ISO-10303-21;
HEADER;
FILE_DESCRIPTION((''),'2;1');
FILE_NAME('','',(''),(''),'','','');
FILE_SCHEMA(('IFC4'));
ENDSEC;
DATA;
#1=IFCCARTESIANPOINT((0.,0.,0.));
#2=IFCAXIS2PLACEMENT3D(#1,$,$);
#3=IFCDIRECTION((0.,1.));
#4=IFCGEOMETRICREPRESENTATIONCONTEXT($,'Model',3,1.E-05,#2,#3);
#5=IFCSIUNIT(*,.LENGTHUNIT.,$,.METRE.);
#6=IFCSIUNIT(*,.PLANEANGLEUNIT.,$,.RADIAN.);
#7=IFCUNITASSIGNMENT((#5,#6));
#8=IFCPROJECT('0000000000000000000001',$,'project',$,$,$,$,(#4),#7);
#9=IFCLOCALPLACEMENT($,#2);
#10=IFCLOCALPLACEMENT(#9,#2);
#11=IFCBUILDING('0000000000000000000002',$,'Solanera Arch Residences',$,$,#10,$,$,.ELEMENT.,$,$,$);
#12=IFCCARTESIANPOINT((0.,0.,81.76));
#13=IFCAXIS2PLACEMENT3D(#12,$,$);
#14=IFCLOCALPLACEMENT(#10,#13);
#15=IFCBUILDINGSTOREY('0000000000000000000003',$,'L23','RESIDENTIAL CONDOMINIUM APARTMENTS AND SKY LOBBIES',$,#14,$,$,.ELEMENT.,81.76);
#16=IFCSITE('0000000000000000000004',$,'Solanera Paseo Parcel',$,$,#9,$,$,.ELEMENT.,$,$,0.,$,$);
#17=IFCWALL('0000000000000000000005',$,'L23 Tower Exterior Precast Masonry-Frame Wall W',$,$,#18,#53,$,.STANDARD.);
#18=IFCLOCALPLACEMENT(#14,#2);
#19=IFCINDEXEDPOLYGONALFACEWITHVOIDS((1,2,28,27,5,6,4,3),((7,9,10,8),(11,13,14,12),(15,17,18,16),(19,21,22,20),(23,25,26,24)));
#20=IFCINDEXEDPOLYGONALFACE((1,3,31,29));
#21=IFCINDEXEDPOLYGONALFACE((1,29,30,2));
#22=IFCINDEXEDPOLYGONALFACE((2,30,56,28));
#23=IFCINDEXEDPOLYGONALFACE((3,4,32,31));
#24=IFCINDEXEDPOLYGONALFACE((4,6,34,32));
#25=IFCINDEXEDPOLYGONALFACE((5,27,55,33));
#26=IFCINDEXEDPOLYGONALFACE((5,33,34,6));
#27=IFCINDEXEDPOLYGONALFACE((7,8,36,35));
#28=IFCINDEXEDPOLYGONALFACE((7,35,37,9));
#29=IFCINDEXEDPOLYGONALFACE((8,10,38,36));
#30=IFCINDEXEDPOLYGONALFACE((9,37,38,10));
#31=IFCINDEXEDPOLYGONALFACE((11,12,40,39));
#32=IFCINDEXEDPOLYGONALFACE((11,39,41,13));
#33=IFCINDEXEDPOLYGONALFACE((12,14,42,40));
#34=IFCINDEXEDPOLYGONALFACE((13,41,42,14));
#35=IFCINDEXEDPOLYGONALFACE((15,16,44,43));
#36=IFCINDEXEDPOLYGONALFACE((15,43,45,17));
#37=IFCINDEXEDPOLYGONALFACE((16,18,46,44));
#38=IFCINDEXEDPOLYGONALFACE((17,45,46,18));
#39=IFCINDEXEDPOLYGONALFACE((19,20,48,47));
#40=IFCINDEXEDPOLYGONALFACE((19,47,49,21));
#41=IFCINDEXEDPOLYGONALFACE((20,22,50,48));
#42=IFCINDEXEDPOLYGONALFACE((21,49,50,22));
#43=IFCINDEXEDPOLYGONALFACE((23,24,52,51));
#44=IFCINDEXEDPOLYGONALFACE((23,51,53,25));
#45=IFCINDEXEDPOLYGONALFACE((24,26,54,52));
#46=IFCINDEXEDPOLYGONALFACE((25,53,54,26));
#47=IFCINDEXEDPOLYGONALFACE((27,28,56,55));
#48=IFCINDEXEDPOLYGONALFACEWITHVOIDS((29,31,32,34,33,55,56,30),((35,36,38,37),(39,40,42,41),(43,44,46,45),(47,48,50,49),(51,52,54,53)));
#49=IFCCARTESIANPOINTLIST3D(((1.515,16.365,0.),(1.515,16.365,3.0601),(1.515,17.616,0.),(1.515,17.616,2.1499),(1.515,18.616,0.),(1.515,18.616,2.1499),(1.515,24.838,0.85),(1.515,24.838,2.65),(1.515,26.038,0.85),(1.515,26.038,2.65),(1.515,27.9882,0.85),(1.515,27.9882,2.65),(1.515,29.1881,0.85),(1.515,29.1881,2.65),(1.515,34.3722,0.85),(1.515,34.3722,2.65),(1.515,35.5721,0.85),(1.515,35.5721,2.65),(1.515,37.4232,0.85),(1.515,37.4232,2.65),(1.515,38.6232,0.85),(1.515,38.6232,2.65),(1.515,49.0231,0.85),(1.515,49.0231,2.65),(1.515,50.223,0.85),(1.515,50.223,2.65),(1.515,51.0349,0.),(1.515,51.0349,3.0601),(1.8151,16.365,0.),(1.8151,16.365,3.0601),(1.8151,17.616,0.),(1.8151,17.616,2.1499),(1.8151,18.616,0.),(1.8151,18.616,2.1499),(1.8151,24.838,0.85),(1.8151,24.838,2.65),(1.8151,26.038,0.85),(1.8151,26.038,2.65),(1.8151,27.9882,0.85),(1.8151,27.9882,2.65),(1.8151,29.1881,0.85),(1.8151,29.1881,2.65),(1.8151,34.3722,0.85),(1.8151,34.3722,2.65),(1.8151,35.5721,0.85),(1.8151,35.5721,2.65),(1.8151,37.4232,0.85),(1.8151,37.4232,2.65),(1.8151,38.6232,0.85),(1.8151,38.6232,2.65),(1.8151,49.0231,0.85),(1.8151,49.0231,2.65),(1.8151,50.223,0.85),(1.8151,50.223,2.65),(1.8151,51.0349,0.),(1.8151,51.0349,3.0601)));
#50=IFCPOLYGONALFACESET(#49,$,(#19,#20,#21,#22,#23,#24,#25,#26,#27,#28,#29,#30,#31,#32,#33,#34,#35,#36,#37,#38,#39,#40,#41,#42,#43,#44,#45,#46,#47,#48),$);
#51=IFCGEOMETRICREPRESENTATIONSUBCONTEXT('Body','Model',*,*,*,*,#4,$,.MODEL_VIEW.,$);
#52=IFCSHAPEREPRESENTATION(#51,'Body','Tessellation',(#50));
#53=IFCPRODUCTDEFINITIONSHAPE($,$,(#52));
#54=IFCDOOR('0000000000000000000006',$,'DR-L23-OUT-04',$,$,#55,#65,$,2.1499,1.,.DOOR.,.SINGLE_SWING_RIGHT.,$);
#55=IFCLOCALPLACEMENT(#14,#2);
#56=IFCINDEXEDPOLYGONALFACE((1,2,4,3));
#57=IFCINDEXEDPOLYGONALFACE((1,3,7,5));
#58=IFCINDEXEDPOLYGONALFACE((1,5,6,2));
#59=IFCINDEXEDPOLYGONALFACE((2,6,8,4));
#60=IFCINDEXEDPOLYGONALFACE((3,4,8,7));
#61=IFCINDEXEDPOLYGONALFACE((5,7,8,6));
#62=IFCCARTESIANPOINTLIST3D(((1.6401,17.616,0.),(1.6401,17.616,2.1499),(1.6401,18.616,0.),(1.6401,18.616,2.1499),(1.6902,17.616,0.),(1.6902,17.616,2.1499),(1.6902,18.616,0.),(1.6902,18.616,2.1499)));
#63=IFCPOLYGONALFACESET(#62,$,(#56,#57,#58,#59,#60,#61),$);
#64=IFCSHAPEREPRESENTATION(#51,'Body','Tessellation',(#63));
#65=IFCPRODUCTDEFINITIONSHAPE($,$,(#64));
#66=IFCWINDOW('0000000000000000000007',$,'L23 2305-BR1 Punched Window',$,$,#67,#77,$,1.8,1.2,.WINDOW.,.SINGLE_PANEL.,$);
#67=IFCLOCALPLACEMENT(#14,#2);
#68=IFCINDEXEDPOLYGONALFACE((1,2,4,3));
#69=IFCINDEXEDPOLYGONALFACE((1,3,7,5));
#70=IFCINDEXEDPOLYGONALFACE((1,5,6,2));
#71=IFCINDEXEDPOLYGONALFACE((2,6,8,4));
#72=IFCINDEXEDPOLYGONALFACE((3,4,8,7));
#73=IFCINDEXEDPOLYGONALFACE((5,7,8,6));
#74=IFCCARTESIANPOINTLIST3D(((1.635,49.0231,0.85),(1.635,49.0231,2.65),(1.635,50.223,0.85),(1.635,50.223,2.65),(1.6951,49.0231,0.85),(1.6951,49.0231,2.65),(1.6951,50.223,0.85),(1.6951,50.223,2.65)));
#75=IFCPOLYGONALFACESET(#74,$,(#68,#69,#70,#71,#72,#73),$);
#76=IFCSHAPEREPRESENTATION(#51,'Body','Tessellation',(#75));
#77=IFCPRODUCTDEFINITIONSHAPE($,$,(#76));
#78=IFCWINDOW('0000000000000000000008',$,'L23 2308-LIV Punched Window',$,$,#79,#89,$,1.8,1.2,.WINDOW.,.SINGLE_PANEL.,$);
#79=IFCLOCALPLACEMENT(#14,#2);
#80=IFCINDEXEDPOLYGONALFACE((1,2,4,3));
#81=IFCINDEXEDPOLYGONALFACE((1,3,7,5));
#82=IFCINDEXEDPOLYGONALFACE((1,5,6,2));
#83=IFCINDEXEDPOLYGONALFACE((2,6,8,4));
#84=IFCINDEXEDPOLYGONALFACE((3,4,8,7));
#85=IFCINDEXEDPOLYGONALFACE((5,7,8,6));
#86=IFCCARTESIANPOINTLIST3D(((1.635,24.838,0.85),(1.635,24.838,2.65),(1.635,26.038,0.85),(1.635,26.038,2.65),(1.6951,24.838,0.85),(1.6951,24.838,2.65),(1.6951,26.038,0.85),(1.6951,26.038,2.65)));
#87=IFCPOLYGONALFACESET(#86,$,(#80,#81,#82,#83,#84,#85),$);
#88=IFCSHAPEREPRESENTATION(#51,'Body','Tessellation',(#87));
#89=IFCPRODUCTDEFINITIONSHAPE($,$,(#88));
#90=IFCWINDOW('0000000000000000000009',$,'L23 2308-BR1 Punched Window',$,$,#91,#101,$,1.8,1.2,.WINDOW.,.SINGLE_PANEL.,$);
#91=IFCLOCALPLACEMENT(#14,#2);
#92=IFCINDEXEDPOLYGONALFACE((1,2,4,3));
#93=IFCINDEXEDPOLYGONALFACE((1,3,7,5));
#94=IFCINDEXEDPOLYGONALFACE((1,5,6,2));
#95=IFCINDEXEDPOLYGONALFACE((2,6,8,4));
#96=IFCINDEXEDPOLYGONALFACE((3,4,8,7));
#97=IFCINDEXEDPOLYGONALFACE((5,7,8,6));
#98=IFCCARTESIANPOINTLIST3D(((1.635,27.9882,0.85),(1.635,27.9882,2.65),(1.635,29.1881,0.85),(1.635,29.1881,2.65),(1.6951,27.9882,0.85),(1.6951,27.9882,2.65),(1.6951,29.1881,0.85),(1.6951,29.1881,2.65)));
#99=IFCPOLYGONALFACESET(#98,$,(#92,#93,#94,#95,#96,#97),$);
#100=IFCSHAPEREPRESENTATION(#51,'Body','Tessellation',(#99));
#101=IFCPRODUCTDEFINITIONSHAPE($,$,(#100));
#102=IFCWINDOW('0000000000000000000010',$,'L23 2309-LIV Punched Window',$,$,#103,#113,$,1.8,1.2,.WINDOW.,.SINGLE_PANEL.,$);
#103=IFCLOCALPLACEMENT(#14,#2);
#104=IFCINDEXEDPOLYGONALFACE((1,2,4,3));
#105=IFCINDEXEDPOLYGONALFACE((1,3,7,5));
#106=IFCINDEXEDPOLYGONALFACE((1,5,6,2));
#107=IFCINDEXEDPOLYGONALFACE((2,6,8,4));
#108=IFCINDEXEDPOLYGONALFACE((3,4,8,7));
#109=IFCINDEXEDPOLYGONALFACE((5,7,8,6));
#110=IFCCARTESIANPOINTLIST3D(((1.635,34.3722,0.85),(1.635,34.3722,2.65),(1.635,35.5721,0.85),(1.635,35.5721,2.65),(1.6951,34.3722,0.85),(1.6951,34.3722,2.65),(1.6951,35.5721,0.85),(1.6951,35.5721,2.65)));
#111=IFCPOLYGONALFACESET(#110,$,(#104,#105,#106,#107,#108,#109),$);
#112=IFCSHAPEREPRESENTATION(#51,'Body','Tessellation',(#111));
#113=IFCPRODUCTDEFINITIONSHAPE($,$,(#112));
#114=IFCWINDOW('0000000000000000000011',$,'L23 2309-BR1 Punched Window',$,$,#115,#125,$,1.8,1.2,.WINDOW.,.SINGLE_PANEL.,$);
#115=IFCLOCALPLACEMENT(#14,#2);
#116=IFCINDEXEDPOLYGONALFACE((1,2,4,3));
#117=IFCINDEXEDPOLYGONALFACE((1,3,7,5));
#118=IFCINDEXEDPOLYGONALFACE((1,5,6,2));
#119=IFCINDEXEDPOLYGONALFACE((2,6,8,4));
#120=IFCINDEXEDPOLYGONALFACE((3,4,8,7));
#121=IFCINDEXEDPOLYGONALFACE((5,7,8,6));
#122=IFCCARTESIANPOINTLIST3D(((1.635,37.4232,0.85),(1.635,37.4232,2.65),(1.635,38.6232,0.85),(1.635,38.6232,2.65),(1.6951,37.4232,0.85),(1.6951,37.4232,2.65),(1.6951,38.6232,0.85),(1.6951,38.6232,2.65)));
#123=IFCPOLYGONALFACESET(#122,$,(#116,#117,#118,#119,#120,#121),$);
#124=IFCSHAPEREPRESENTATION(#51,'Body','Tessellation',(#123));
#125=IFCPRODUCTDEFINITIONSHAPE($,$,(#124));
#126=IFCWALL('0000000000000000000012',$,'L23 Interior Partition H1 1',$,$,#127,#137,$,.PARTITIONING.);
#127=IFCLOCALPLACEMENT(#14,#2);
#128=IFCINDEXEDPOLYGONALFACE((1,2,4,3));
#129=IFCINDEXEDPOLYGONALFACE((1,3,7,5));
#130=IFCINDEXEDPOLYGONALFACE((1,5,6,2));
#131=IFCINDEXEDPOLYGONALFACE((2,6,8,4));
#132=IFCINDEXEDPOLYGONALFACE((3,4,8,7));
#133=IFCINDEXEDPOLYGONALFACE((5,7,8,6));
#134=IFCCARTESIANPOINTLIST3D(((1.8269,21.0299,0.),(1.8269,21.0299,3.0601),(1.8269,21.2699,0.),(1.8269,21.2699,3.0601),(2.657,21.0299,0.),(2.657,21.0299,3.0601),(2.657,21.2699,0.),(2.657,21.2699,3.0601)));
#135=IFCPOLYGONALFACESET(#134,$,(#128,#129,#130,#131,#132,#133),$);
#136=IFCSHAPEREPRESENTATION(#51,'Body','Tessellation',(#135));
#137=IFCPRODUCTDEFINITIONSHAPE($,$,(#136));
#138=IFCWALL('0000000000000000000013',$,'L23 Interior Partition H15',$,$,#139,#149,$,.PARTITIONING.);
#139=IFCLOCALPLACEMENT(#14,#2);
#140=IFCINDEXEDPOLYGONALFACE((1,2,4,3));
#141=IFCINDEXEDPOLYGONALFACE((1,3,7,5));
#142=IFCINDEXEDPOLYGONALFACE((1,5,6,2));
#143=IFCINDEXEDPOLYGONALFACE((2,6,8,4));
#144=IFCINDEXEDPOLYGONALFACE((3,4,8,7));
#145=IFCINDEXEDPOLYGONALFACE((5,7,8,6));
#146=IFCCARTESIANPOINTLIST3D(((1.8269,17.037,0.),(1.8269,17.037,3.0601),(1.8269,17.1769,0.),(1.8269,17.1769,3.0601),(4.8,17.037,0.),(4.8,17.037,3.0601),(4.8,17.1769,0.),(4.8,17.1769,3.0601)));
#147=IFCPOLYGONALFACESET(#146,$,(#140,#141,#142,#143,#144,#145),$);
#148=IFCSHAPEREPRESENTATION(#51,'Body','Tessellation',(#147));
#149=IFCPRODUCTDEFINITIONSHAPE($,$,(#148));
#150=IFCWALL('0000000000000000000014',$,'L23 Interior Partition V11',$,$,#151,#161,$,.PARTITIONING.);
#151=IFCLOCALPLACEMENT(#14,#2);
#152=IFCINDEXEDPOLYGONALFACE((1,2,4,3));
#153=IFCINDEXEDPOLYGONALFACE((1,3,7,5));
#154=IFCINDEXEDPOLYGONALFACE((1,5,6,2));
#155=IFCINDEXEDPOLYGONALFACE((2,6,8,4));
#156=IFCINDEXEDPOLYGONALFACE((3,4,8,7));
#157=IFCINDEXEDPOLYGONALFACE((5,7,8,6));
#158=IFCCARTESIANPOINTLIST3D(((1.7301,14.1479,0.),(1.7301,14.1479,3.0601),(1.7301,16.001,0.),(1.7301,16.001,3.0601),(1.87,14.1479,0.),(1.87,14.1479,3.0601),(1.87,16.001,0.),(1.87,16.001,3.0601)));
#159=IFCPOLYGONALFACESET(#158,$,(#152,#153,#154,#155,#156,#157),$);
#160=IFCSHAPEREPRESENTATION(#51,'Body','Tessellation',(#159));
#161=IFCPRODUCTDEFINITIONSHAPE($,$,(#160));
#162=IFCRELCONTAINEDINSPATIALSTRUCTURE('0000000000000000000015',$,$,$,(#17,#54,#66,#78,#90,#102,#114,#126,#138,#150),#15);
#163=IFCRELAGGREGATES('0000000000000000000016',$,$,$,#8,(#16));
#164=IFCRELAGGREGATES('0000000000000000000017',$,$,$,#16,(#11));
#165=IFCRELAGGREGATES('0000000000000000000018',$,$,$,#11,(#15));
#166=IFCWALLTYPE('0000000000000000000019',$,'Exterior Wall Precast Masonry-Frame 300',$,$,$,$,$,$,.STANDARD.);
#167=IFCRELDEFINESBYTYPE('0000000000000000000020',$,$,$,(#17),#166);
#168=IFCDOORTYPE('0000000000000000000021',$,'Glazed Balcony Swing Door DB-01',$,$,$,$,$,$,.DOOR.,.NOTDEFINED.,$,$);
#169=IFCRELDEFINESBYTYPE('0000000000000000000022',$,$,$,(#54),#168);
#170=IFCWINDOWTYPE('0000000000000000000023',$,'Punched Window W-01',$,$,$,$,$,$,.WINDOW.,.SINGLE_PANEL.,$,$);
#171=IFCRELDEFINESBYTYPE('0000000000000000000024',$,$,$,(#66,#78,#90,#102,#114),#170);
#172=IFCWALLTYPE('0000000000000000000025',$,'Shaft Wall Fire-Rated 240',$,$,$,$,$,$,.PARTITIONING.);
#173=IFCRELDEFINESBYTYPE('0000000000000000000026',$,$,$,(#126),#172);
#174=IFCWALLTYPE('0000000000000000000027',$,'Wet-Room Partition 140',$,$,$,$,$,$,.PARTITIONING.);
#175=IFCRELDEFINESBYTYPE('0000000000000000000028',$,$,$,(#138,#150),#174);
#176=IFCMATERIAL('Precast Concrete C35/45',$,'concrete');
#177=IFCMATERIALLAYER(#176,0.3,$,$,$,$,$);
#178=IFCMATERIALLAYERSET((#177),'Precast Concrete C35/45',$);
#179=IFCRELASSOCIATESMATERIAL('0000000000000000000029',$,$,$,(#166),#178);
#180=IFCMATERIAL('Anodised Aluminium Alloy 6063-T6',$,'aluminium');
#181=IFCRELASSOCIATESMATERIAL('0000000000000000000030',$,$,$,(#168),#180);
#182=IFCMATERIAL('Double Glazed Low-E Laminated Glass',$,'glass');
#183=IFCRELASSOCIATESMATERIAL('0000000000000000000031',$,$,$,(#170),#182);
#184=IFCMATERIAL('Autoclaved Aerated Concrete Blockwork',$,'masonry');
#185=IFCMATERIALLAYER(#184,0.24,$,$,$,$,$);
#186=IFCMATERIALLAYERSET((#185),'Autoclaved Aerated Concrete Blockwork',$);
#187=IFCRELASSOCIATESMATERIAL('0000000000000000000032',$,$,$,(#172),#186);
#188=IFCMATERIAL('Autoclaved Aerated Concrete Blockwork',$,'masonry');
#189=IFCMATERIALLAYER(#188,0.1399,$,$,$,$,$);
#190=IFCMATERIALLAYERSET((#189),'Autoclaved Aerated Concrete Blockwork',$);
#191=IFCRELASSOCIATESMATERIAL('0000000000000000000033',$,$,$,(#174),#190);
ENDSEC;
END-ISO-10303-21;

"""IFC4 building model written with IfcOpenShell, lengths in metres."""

from ifc_helpers import new_model, si_unit, direction, frame, frame_2d, origin, place, context, subcontext, project, spatial, rectangle, extrude, material, layer, layer_set, type_object, element, fill, save


model = new_model("IFC4")

# Units and contexts
model_context = context("Model", 3, precision=1e-05, world=origin(), true_north=direction((0.0, 1.0)))
body_context = subcontext(model_context, "Body", "Model", "MODEL_VIEW")
ifc_project = project(units=[si_unit("LENGTHUNIT", "METRE"), si_unit("PLANEANGLEUNIT", "RADIAN")], contexts=[model_context])

# Site, building, storey
site_placement = place(None, origin())
site = spatial("IfcSite", under=ifc_project, at=site_placement, Name="Solanera Paseo Parcel", CompositionType="ELEMENT", RefElevation=0.0)
building_placement = place(site_placement, origin())
building = spatial("IfcBuilding", under=site, at=building_placement, Name="Solanera Arch Residences", CompositionType="ELEMENT")
storey_placement = place(building_placement, frame((0.0, 0.0, 81.76)))
storey = spatial("IfcBuildingStorey", under=building, at=storey_placement, Name="L23", Description="RESIDENTIAL CONDOMINIUM APARTMENTS AND SKY LOBBIES", CompositionType="ELEMENT", Elevation=81.76)

# Wall, openings, door, windows
ifc_material_1 = material(Name="Precast Concrete C35/45", Category="concrete")
ifc_layer_1 = layer(ifc_material_1, 0.3)
ifc_layer_set_1 = layer_set([ifc_layer_1], Name="Precast Concrete C35/45")
wall_type_1 = type_object("IfcWallType", Name="Exterior Wall Precast Masonry-Frame 300", PredefinedType="STANDARD", material=ifc_layer_set_1)
wall_1_placement = place(storey_placement, frame((1.665, 16.365, 0.0), z_axis=(0.0, 0.0, 1.0), x_axis=(0.0, 1.0, 0.0)))
wall_1 = element("IfcWall", 1, at=wall_1_placement, inside=storey, type_object=wall_type_1, Name="L23 Tower Exterior Precast Masonry-Frame Wall W", PredefinedType="STANDARD", context=body_context, shape_type="SweptSolid", body=[
    extrude(rectangle(XDim=34.6699, YDim=0.3, at=frame_2d((17.335, 0.0))), origin(), (0.0, 0.0, 1.0), 3.0601),
])
opening_1_placement = place(wall_1_placement, frame((1.251, 0.0, 0.0)))
opening_1 = element("IfcOpeningElement", 2, at=opening_1_placement, cuts=wall_1, PredefinedType="OPENING", context=body_context, shape_type="SweptSolid", body=[
    extrude(rectangle(XDim=1.0, YDim=2.1499, at=frame_2d((0.5, 1.075))), frame((0.0, 0.1599, 0.0), z_axis=(0.0, -1.0, 0.0), x_axis=(1.0, 0.0, 0.0)), (0.0, 0.0, 1.0), 0.32),
])
opening_2_placement = place(wall_1_placement, frame((32.658, 0.0, 0.8501)))
opening_2 = element("IfcOpeningElement", 3, at=opening_2_placement, cuts=wall_1, PredefinedType="OPENING", context=body_context, shape_type="SweptSolid", body=[
    extrude(rectangle(XDim=1.2, YDim=1.8, at=frame_2d((0.6001, 0.8999))), frame((0.0, 0.1599, 0.0), z_axis=(0.0, -1.0, 0.0), x_axis=(1.0, 0.0, 0.0)), (0.0, 0.0, 1.0), 0.32),
])
opening_3_placement = place(wall_1_placement, frame((8.4729, 0.0, 0.8501)))
opening_3 = element("IfcOpeningElement", 4, at=opening_3_placement, cuts=wall_1, PredefinedType="OPENING", context=body_context, shape_type="SweptSolid", body=[
    extrude(rectangle(XDim=1.2, YDim=1.8, at=frame_2d((0.6001, 0.8999))), frame((0.0, 0.1599, 0.0), z_axis=(0.0, -1.0, 0.0), x_axis=(1.0, 0.0, 0.0)), (0.0, 0.0, 1.0), 0.32),
])
opening_4_placement = place(wall_1_placement, frame((11.623, 0.0, 0.8501)))
opening_4 = element("IfcOpeningElement", 5, at=opening_4_placement, cuts=wall_1, PredefinedType="OPENING", context=body_context, shape_type="SweptSolid", body=[
    extrude(rectangle(XDim=1.2, YDim=1.8, at=frame_2d((0.6001, 0.8999))), frame((0.0, 0.1599, 0.0), z_axis=(0.0, -1.0, 0.0), x_axis=(1.0, 0.0, 0.0)), (0.0, 0.0, 1.0), 0.32),
])
opening_5_placement = place(wall_1_placement, frame((18.0071, 0.0, 0.8501)))
opening_5 = element("IfcOpeningElement", 6, at=opening_5_placement, cuts=wall_1, PredefinedType="OPENING", context=body_context, shape_type="SweptSolid", body=[
    extrude(rectangle(XDim=1.2, YDim=1.8, at=frame_2d((0.6001, 0.8999))), frame((0.0, 0.1599, 0.0), z_axis=(0.0, -1.0, 0.0), x_axis=(1.0, 0.0, 0.0)), (0.0, 0.0, 1.0), 0.32),
])
opening_6_placement = place(wall_1_placement, frame((21.0581, 0.0, 0.8501)))
opening_6 = element("IfcOpeningElement", 7, at=opening_6_placement, cuts=wall_1, PredefinedType="OPENING", context=body_context, shape_type="SweptSolid", body=[
    extrude(rectangle(XDim=1.2, YDim=1.8, at=frame_2d((0.6001, 0.8999))), frame((0.0, 0.1599, 0.0), z_axis=(0.0, -1.0, 0.0), x_axis=(1.0, 0.0, 0.0)), (0.0, 0.0, 1.0), 0.32),
])
ifc_material_2 = material(Name="Anodised Aluminium Alloy 6063-T6", Category="aluminium")
door_type_1 = type_object("IfcDoorType", Name="Glazed Balcony Swing Door DB-01", OperationType="NOTDEFINED", PredefinedType="DOOR", material=ifc_material_2)
door_1_placement = place(opening_1_placement, origin())
door_1 = element("IfcDoor", 8, at=door_1_placement, inside=storey, type_object=door_type_1, Name="DR-L23-OUT-04", OperationType="SINGLE_SWING_RIGHT", OverallHeight=2.1499, OverallWidth=1.0, PredefinedType="DOOR", context=body_context, shape_type="SweptSolid", body=[
    extrude(rectangle(XDim=1.0, YDim=2.1499, at=frame_2d((0.5, 1.075))), frame((0.0, 0.0249, 0.0), z_axis=(0.0, -1.0, 0.0), x_axis=(1.0, 0.0, 0.0)), (0.0, 0.0, 1.0), 0.05),
])
fill(opening_1, door_1)
ifc_material_3 = material(Name="Double Glazed Low-E Laminated Glass", Category="glass")
window_type = type_object("IfcWindowType", Name="Punched Window W-01", PartitioningType="SINGLE_PANEL", PredefinedType="WINDOW", material=ifc_material_3)
window_1_placement = place(opening_2_placement, origin())
window_1 = element("IfcWindow", 9, at=window_1_placement, inside=storey, type_object=window_type, Name="L23 2305-BR1 Punched Window", OverallHeight=1.8, OverallWidth=1.2, PartitioningType="SINGLE_PANEL", PredefinedType="WINDOW", context=body_context, shape_type="SweptSolid", body=[
    extrude(rectangle(XDim=1.2, YDim=1.8, at=frame_2d((0.6001, 0.8999))), frame((0.0, 0.03, 0.0), z_axis=(0.0, -1.0, 0.0), x_axis=(1.0, 0.0, 0.0)), (0.0, 0.0, 1.0), 0.0601),
])
fill(opening_2, window_1)
window_2_placement = place(opening_3_placement, origin())
window_2 = element("IfcWindow", 10, at=window_2_placement, inside=storey, type_object=window_type, Name="L23 2308-LIV Punched Window", OverallHeight=1.8, OverallWidth=1.2, PartitioningType="SINGLE_PANEL", PredefinedType="WINDOW", context=body_context, shape_type="SweptSolid", body=[
    extrude(rectangle(XDim=1.2, YDim=1.8, at=frame_2d((0.6001, 0.8999))), frame((0.0, 0.03, 0.0), z_axis=(0.0, -1.0, 0.0), x_axis=(1.0, 0.0, 0.0)), (0.0, 0.0, 1.0), 0.0601),
])
fill(opening_3, window_2)
window_3_placement = place(opening_4_placement, origin())
window_3 = element("IfcWindow", 11, at=window_3_placement, inside=storey, type_object=window_type, Name="L23 2308-BR1 Punched Window", OverallHeight=1.8, OverallWidth=1.2, PartitioningType="SINGLE_PANEL", PredefinedType="WINDOW", context=body_context, shape_type="SweptSolid", body=[
    extrude(rectangle(XDim=1.2, YDim=1.8, at=frame_2d((0.6001, 0.8999))), frame((0.0, 0.03, 0.0), z_axis=(0.0, -1.0, 0.0), x_axis=(1.0, 0.0, 0.0)), (0.0, 0.0, 1.0), 0.0601),
])
fill(opening_4, window_3)
window_4_placement = place(opening_5_placement, origin())
window_4 = element("IfcWindow", 12, at=window_4_placement, inside=storey, type_object=window_type, Name="L23 2309-LIV Punched Window", OverallHeight=1.8, OverallWidth=1.2, PartitioningType="SINGLE_PANEL", PredefinedType="WINDOW", context=body_context, shape_type="SweptSolid", body=[
    extrude(rectangle(XDim=1.2, YDim=1.8, at=frame_2d((0.6001, 0.8999))), frame((0.0, 0.03, 0.0), z_axis=(0.0, -1.0, 0.0), x_axis=(1.0, 0.0, 0.0)), (0.0, 0.0, 1.0), 0.0601),
])
fill(opening_5, window_4)
window_5_placement = place(opening_6_placement, origin())
window_5 = element("IfcWindow", 13, at=window_5_placement, inside=storey, type_object=window_type, Name="L23 2309-BR1 Punched Window", OverallHeight=1.8, OverallWidth=1.2, PartitioningType="SINGLE_PANEL", PredefinedType="WINDOW", context=body_context, shape_type="SweptSolid", body=[
    extrude(rectangle(XDim=1.2, YDim=1.8, at=frame_2d((0.6001, 0.8999))), frame((0.0, 0.03, 0.0), z_axis=(0.0, -1.0, 0.0), x_axis=(1.0, 0.0, 0.0)), (0.0, 0.0, 1.0), 0.0601),
])
fill(opening_6, window_5)

# Walls
ifc_material_4 = material(Name="Autoclaved Aerated Concrete Blockwork", Category="masonry")
ifc_layer_2 = layer(ifc_material_4, 0.24)
ifc_layer_set_2 = layer_set([ifc_layer_2], Name="Autoclaved Aerated Concrete Blockwork")
wall_type_2 = type_object("IfcWallType", Name="Shaft Wall Fire-Rated 240", PredefinedType="PARTITIONING", material=ifc_layer_set_2)
wall_2_placement = place(storey_placement, frame((1.8269, 21.1499, 0.0), z_axis=(0.0, 0.0, 1.0), x_axis=(1.0, 0.0, 0.0)))
element("IfcWall", 14, at=wall_2_placement, inside=storey, type_object=wall_type_2, Name="L23 Interior Partition H1 1", PredefinedType="PARTITIONING", context=body_context, shape_type="SweptSolid", body=[
    extrude(rectangle(XDim=0.8301, YDim=0.24, at=frame_2d((0.415, 0.0))), origin(), (0.0, 0.0, 1.0), 3.0601),
])
ifc_material_5 = material(Name="Autoclaved Aerated Concrete Blockwork", Category="masonry")
ifc_layer_3 = layer(ifc_material_5, 0.1399)
ifc_layer_set_3 = layer_set([ifc_layer_3], Name="Autoclaved Aerated Concrete Blockwork")
wall_type_3 = type_object("IfcWallType", Name="Wet-Room Partition 140", PredefinedType="PARTITIONING", material=ifc_layer_set_3)
wall_3_placement = place(storey_placement, frame((1.8269, 17.1069, 0.0), z_axis=(0.0, 0.0, 1.0), x_axis=(1.0, 0.0, 0.0)))
element("IfcWall", 15, at=wall_3_placement, inside=storey, type_object=wall_type_3, Name="L23 Interior Partition H15", PredefinedType="PARTITIONING", context=body_context, shape_type="SweptSolid", body=[
    extrude(rectangle(XDim=2.9731, YDim=0.1399, at=frame_2d((1.4866, 0.0))), origin(), (0.0, 0.0, 1.0), 3.0601),
])
wall_4_placement = place(storey_placement, frame((1.8, 14.1479, 0.0), z_axis=(0.0, 0.0, 1.0), x_axis=(0.0, 1.0, 0.0)))
element("IfcWall", 16, at=wall_4_placement, inside=storey, type_object=wall_type_3, Name="L23 Interior Partition V11", PredefinedType="PARTITIONING", context=body_context, shape_type="SweptSolid", body=[
    extrude(rectangle(XDim=1.853, YDim=0.1399, at=frame_2d((0.9265, 0.0))), origin(), (0.0, 0.0, 1.0), 3.0601),
])

save(model, "model.ifc")
